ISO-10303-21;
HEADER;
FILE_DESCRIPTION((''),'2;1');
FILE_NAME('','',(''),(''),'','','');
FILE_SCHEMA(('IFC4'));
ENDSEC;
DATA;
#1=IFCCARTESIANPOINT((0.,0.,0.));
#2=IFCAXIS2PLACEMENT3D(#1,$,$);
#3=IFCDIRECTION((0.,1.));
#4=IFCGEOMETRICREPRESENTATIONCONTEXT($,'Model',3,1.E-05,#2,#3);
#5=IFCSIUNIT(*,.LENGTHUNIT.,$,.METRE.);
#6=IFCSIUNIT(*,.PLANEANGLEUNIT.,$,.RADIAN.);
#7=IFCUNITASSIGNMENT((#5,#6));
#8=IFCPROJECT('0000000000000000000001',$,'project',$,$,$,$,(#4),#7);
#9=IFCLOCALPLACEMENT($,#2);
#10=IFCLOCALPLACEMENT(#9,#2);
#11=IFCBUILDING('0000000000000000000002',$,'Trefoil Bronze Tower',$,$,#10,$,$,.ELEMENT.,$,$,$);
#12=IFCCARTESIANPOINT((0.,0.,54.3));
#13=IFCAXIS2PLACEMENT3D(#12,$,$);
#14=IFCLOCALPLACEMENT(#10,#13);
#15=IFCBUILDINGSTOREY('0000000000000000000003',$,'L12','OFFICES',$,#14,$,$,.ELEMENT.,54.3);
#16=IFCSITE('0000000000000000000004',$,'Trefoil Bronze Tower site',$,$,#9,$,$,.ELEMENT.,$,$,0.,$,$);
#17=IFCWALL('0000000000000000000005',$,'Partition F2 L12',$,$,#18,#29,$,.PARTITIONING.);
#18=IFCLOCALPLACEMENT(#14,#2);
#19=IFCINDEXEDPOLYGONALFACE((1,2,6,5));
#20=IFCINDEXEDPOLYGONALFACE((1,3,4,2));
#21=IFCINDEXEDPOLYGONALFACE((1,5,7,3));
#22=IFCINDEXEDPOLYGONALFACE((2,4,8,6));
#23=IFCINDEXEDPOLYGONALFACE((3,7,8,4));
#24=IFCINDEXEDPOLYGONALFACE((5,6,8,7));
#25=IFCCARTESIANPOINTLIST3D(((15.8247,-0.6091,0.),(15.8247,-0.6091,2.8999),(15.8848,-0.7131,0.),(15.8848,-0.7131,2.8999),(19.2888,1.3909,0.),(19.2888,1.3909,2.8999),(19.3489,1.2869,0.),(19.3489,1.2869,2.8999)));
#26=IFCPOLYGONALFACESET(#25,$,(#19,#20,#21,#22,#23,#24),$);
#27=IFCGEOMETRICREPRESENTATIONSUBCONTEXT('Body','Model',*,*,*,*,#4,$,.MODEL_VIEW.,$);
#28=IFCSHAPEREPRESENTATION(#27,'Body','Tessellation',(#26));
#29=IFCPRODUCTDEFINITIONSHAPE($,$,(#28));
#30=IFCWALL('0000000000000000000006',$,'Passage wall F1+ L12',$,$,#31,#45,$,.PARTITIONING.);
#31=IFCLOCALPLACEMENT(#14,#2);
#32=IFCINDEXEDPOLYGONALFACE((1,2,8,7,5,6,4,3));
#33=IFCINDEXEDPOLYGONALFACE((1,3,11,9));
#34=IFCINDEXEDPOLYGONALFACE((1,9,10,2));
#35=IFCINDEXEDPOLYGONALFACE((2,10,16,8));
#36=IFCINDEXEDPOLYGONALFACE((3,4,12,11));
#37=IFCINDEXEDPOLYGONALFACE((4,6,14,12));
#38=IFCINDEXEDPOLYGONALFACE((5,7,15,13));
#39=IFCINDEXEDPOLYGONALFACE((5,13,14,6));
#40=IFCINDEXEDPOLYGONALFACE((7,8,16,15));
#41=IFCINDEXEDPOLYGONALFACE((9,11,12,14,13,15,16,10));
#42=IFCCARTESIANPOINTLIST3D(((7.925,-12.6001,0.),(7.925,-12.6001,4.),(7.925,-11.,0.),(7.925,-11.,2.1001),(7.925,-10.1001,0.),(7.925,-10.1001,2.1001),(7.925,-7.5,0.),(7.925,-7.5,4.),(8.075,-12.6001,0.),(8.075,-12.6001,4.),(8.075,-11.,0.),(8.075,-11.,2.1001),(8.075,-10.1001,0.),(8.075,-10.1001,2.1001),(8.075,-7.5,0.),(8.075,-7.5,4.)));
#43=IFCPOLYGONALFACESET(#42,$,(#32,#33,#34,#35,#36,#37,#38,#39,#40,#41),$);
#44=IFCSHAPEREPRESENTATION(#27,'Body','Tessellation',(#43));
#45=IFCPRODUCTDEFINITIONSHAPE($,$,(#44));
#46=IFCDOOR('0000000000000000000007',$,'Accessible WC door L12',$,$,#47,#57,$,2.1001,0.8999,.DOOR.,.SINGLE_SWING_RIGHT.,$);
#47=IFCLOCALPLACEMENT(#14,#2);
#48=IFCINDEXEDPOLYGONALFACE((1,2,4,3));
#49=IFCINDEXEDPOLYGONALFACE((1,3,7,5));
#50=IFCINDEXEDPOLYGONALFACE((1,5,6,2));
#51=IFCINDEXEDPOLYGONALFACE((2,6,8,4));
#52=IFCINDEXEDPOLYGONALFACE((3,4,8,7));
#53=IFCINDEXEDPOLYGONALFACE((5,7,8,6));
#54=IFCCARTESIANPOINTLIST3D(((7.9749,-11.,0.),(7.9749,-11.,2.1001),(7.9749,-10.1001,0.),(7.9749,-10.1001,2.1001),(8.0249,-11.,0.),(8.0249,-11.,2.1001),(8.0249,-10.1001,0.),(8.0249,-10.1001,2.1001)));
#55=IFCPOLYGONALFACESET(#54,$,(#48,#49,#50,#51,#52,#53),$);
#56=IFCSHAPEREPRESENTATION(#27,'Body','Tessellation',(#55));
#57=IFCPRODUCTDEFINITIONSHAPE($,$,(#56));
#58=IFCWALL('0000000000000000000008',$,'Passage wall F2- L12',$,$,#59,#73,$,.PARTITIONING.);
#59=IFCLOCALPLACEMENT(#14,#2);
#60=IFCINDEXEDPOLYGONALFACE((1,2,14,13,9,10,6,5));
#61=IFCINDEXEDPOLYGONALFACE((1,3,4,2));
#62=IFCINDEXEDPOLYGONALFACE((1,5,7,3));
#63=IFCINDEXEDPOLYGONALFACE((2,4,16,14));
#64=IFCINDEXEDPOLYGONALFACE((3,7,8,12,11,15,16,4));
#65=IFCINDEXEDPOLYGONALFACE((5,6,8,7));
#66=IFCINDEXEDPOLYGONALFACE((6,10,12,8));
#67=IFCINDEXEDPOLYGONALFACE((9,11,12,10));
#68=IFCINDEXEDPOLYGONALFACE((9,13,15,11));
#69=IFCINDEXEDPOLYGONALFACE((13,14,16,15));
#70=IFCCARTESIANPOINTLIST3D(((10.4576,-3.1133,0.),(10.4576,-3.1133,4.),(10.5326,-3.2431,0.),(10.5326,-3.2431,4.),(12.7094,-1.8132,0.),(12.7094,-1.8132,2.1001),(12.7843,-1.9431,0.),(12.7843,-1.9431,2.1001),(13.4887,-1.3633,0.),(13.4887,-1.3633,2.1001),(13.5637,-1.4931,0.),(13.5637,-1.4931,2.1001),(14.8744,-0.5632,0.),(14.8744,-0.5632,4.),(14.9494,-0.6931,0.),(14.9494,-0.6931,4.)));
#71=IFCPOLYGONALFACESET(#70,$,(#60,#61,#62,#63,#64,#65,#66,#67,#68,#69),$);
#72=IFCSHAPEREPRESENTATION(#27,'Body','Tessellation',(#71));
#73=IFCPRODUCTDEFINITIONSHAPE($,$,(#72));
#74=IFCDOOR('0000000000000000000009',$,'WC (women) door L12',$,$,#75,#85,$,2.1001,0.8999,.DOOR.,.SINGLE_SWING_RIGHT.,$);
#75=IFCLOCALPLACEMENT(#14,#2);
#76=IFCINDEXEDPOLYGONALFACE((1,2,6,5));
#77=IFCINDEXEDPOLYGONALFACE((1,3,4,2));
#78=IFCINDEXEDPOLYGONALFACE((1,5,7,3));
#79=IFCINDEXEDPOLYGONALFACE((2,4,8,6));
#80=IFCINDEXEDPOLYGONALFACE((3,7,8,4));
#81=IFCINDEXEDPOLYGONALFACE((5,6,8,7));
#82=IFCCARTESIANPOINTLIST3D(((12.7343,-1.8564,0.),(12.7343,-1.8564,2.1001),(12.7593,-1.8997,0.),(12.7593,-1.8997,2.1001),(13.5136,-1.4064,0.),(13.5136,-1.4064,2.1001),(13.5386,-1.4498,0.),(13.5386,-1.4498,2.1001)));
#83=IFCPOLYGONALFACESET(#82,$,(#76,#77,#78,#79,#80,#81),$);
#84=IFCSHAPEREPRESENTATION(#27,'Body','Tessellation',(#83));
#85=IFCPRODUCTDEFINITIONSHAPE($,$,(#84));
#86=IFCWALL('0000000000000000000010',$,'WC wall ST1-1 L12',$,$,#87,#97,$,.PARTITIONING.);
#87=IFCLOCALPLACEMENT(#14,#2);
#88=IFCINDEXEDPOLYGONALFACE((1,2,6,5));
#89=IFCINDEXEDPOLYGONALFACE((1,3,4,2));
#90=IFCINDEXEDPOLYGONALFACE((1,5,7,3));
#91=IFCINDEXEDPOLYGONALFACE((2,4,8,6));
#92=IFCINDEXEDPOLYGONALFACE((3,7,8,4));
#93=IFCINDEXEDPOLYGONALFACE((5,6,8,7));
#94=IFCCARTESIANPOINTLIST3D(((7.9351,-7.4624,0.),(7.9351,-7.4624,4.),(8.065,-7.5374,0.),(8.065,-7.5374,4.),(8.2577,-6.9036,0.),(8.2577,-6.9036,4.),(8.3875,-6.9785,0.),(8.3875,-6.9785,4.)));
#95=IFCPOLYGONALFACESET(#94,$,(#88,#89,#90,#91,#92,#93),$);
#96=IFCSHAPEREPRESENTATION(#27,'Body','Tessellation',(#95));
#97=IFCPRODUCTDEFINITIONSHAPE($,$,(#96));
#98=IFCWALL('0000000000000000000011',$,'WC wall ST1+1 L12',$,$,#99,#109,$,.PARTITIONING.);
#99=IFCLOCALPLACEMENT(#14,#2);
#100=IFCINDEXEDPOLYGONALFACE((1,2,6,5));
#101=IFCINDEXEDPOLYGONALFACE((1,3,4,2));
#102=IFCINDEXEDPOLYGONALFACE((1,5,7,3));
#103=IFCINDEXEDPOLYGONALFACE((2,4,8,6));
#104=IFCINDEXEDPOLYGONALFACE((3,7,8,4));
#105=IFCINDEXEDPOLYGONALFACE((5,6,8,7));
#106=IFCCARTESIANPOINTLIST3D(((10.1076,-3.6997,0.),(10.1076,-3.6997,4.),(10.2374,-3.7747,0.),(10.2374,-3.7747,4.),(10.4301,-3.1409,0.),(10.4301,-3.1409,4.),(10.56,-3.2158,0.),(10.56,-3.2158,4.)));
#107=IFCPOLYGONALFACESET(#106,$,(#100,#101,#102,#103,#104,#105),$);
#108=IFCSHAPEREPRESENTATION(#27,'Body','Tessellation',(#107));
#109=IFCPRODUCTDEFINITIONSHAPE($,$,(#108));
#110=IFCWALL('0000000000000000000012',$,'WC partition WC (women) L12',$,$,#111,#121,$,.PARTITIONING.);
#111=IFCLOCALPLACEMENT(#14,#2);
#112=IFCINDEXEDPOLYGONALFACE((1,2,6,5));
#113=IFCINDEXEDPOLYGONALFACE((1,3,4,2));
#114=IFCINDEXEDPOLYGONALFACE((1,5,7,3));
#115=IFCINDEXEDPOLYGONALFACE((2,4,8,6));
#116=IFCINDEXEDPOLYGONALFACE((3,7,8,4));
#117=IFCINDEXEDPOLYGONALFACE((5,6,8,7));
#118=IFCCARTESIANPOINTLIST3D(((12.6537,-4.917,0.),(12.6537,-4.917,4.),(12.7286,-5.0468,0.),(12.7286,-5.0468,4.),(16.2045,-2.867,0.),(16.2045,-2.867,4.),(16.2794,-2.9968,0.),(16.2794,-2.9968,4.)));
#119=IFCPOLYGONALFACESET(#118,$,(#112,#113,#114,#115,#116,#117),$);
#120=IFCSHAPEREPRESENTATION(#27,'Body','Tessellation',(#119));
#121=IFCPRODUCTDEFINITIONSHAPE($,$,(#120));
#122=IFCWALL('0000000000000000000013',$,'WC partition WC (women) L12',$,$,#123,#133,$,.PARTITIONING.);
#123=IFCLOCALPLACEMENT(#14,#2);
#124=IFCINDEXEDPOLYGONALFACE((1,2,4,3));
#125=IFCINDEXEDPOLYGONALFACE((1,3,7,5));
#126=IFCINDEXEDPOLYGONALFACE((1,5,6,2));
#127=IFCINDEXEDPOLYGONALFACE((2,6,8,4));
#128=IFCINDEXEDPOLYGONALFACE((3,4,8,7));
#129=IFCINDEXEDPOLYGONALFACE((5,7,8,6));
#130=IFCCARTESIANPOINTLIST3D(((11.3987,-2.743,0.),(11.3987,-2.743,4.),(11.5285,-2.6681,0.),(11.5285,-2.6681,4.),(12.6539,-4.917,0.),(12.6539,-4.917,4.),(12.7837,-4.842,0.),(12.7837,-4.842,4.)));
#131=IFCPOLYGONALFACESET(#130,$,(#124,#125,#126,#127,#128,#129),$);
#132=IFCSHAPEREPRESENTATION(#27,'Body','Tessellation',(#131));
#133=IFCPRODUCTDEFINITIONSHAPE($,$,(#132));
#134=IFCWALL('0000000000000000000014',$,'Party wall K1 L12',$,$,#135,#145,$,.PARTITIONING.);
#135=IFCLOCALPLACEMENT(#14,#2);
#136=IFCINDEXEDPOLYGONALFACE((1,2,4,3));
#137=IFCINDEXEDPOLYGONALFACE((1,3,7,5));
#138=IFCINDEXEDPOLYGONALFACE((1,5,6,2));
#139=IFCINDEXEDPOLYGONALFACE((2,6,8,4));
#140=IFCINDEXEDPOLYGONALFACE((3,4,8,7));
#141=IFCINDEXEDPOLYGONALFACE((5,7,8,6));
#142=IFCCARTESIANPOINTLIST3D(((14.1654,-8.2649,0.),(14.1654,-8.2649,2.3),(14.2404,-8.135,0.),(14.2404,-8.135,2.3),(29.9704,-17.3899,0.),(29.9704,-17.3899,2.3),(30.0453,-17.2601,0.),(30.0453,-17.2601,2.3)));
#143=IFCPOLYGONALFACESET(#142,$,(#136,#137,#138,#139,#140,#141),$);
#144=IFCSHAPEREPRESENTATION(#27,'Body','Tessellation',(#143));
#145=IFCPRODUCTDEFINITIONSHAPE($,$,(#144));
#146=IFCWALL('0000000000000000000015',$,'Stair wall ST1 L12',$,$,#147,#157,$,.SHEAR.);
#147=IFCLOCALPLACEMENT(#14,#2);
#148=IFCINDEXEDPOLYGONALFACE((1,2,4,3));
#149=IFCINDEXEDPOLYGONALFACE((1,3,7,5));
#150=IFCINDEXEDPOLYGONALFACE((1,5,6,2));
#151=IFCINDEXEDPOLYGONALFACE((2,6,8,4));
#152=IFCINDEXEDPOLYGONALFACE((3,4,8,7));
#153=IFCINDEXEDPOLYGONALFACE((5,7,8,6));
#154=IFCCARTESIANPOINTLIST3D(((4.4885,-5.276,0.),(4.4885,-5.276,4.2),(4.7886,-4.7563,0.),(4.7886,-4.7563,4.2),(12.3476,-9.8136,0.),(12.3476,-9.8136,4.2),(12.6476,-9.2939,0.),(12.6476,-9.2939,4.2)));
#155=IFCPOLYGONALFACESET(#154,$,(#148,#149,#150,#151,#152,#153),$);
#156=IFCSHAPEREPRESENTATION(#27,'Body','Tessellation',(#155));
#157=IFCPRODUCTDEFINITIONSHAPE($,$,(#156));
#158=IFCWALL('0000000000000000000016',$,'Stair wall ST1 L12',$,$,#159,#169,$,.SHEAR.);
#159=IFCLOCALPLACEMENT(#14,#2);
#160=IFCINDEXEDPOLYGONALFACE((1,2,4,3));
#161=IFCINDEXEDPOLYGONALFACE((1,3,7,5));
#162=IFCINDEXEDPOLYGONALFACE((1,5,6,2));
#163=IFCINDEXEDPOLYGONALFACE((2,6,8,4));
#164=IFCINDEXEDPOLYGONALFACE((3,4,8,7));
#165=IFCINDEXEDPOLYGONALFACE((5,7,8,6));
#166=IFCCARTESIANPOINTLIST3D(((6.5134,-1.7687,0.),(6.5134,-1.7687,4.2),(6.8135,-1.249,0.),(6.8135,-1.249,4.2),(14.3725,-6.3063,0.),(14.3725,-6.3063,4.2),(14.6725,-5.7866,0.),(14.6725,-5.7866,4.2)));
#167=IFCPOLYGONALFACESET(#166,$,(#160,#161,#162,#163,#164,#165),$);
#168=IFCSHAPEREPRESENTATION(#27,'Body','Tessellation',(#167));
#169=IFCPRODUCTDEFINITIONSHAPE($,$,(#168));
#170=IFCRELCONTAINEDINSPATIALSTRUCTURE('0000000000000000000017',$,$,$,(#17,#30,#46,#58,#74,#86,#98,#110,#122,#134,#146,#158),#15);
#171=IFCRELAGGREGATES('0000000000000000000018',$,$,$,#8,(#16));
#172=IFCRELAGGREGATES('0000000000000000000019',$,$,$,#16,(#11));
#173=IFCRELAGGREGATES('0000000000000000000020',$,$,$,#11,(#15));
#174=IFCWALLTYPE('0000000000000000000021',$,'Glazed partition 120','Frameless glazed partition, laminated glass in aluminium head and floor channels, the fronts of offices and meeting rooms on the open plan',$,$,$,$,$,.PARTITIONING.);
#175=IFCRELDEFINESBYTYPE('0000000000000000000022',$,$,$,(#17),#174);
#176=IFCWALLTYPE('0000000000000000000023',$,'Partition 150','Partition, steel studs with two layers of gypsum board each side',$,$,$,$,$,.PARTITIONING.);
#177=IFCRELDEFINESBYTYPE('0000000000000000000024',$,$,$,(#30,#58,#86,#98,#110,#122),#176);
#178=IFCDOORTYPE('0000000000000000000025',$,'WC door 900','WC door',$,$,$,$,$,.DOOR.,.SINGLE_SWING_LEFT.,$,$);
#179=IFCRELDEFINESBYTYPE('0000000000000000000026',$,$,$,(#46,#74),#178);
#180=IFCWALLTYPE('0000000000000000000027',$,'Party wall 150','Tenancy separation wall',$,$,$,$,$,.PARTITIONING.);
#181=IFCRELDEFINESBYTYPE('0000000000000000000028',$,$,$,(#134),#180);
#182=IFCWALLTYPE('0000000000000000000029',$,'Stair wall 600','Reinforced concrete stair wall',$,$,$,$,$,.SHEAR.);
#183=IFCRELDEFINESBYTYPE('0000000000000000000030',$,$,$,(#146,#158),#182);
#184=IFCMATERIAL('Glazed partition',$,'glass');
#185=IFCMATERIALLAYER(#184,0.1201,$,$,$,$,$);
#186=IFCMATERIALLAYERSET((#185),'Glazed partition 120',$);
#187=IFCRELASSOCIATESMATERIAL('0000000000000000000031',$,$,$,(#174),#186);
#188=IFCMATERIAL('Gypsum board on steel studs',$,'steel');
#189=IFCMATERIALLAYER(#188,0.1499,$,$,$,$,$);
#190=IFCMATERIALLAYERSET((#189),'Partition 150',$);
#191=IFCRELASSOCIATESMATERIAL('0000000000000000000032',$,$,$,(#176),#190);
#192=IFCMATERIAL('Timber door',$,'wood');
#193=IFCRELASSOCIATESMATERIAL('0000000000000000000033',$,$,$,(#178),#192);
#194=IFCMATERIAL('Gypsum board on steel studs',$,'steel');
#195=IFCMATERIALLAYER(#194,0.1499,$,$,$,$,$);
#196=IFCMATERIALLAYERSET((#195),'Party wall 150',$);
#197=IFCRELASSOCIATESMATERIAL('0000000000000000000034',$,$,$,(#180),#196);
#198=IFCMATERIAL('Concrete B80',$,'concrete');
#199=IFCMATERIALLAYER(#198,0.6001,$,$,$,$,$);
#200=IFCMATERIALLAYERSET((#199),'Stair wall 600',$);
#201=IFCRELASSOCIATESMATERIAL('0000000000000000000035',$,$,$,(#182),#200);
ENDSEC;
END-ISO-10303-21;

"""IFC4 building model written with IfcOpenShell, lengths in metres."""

from ifc_helpers import new_model, si_unit, direction, frame, frame_2d, origin, place, context, subcontext, project, spatial, rectangle, extrude, material, layer, layer_set, type_object, element, fill, save


model = new_model("IFC4")

# Units and contexts
model_context = context("Model", 3, precision=1e-05, world=origin(), true_north=direction((0.0, 1.0)))
body_context = subcontext(model_context, "Body", "Model", "MODEL_VIEW")
ifc_project = project(units=[si_unit("LENGTHUNIT", "METRE"), si_unit("PLANEANGLEUNIT", "RADIAN")], contexts=[model_context])

# Site, building, storey
site_placement = place(None, origin())
site = spatial("IfcSite", under=ifc_project, at=site_placement, Name="Trefoil Bronze Tower site", CompositionType="ELEMENT", RefElevation=0.0)
building_placement = place(site_placement, origin())
building = spatial("IfcBuilding", under=site, at=building_placement, Name="Trefoil Bronze Tower", CompositionType="ELEMENT")
storey_placement = place(building_placement, frame((0.0, 0.0, 54.3)))
storey = spatial("IfcBuildingStorey", under=building, at=storey_placement, Name="L12", Description="OFFICES", CompositionType="ELEMENT", Elevation=54.3)

# Wall
ifc_material_1 = material(Name="Glazed partition", Category="glass")
ifc_layer_1 = layer(ifc_material_1, 0.1201)
ifc_layer_set_1 = layer_set([ifc_layer_1], Name="Glazed partition 120")
wall_type_1 = type_object("IfcWallType", Name="Glazed partition 120", Description="Frameless glazed partition, laminated glass in aluminium head and floor channels, the fronts of offices and meeting rooms on the open plan", PredefinedType="PARTITIONING", material=ifc_layer_set_1)
for number, where, z_axis, x_axis, name in (
    (1, (15.8547, -0.6611, 0.0), (0.0, 0.0, 1.0), (0.866026, 0.499999, 0.0), "Partition F2 L12"),
):
    element("IfcWall", number, at=place(storey_placement, frame(where, z_axis=z_axis, x_axis=x_axis)), inside=storey, type_object=wall_type_1, Name=name, PredefinedType="PARTITIONING", context=body_context, shape_type="SweptSolid", body=[
        extrude(rectangle(XDim=4.0, YDim=0.1201, at=frame_2d((2.0, 0.0))), origin(), (0.0, 0.0, 1.0), 2.8999),
    ])

# Walls, openings, doors
ifc_material_2 = material(Name="Gypsum board on steel studs", Category="steel")
ifc_layer_2 = layer(ifc_material_2, 0.1499)
ifc_layer_set_2 = layer_set([ifc_layer_2], Name="Partition 150")
wall_type_2 = type_object("IfcWallType", Name="Partition 150", Description="Partition, steel studs with two layers of gypsum board each side", PredefinedType="PARTITIONING", material=ifc_layer_set_2)
wall_1_placement = place(storey_placement, frame((8.0, -7.5, 0.0), z_axis=(0.0, 0.0, 1.0), x_axis=(0.0, -1.0, 0.0)))
wall_1 = element("IfcWall", 2, at=wall_1_placement, inside=storey, type_object=wall_type_2, Name="Passage wall F1+ L12", PredefinedType="PARTITIONING", context=body_context, shape_type="SweptSolid", body=[
    extrude(rectangle(XDim=5.1001, YDim=0.1499, at=frame_2d((2.55, 0.0))), origin(), (0.0, 0.0, 1.0), 4.0),
])
opening_1_placement = place(wall_1_placement, frame((2.6001, 0.0, 0.0)))
opening_1 = element("IfcOpeningElement", 3, at=opening_1_placement, cuts=wall_1, PredefinedType="OPENING", context=body_context, shape_type="SweptSolid", body=[
    extrude(rectangle(XDim=0.8999, YDim=2.1001, at=frame_2d((0.45, 1.05))), frame((0.0, 0.085, 0.0), z_axis=(0.0, -1.0, 0.0), x_axis=(1.0, 0.0, 0.0)), (0.0, 0.0, 1.0), 0.1699),
])
ifc_material_3 = material(Name="Timber door", Category="wood")
door_type_1 = type_object("IfcDoorType", Name="WC door 900", Description="WC door", OperationType="SINGLE_SWING_LEFT", PredefinedType="DOOR", material=ifc_material_3)
door_1_placement = place(opening_1_placement, origin())
door_1 = element("IfcDoor", 4, at=door_1_placement, inside=storey, type_object=door_type_1, Name="Accessible WC door L12", OperationType="SINGLE_SWING_RIGHT", OverallHeight=2.1001, OverallWidth=0.8999, PredefinedType="DOOR", context=body_context, shape_type="SweptSolid", body=[
    extrude(rectangle(XDim=0.8999, YDim=2.1001, at=frame_2d((0.45, 1.05))), frame((0.0, 0.0249, 0.0), z_axis=(0.0, -1.0, 0.0), x_axis=(1.0, 0.0, 0.0)), (0.0, 0.0, 1.0), 0.05),
])
fill(opening_1, door_1)
wall_2_placement = place(storey_placement, frame((10.4951, -3.1782, 0.0), z_axis=(0.0, 0.0, 1.0), x_axis=(0.866022, 0.500006, 0.0)))
wall_2 = element("IfcWall", 5, at=wall_2_placement, inside=storey, type_object=wall_type_2, Name="Passage wall F2- L12", PredefinedType="PARTITIONING", context=body_context, shape_type="SweptSolid", body=[
    extrude(rectangle(XDim=5.1001, YDim=0.1499, at=frame_2d((2.55, 0.0))), origin(), (0.0, 0.0, 1.0), 4.0),
])
opening_2_placement = place(wall_2_placement, frame((2.6001, 0.0, 0.0)))
opening_2 = element("IfcOpeningElement", 6, at=opening_2_placement, cuts=wall_2, PredefinedType="OPENING", context=body_context, shape_type="SweptSolid", body=[
    extrude(rectangle(XDim=0.8999, YDim=2.1001, at=frame_2d((0.45, 1.05))), frame((0.0, 0.085, 0.0), z_axis=(0.0, -1.0, 0.0), x_axis=(1.0, 0.0, 0.0)), (0.0, 0.0, 1.0), 0.1699),
])
door_2_placement = place(opening_2_placement, frame((0.8999, 0.0, 0.0), z_axis=(0.0, 0.0, 1.0), x_axis=(-1.0, 0.0, 0.0)))
door_2 = element("IfcDoor", 7, at=door_2_placement, inside=storey, type_object=door_type_1, Name="WC (women) door L12", OperationType="SINGLE_SWING_RIGHT", OverallHeight=2.1001, OverallWidth=0.8999, PredefinedType="DOOR", context=body_context, shape_type="SweptSolid", body=[
    extrude(rectangle(XDim=0.8999, YDim=2.1001, at=frame_2d((0.45, 1.05))), frame((0.0, 0.0249, 0.0), z_axis=(0.0, -1.0, 0.0), x_axis=(1.0, 0.0, 0.0)), (0.0, 0.0, 1.0), 0.05),
])
fill(opening_2, door_2)

# Walls
for number, where, z_axis, x_axis, name in (
    (8, (8.0, -7.5, 0.0), (0.0, 0.0, 1.0), (0.499843, 0.866116, 0.0), "WC wall ST1-1 L12"),
    (9, (10.4951, -3.1782, 0.0), (0.0, 0.0, 1.0), (-0.499843, -0.866116, 0.0), "WC wall ST1+1 L12"),
):
    element("IfcWall", number, at=place(storey_placement, frame(where, z_axis=z_axis, x_axis=x_axis)), inside=storey, type_object=wall_type_2, Name=name, PredefinedType="PARTITIONING", context=body_context, shape_type="SweptSolid", body=[
        extrude(rectangle(XDim=0.6453, YDim=0.1499, at=frame_2d((0.3228, 0.0))), origin(), (0.0, 0.0, 1.0), 4.0),
    ])
wall_3_placement = place(storey_placement, frame((12.6912, -4.9819, 0.0), z_axis=(0.0, 0.0, 1.0), x_axis=(0.866025, 0.500001, 0.0)))
element("IfcWall", 10, at=wall_3_placement, inside=storey, type_object=wall_type_2, Name="WC partition WC (women) L12", PredefinedType="PARTITIONING", context=body_context, shape_type="SweptSolid", body=[
    extrude(rectangle(XDim=4.1001, YDim=0.1499, at=frame_2d((2.05, 0.0))), origin(), (0.0, 0.0, 1.0), 4.0),
])
wall_4_placement = place(storey_placement, frame((11.4636, -2.7056, 0.0), z_axis=(0.0, 0.0, 1.0), x_axis=(0.50002, -0.866014, 0.0)))
element("IfcWall", 11, at=wall_4_placement, inside=storey, type_object=wall_type_2, Name="WC partition WC (women) L12", PredefinedType="PARTITIONING", context=body_context, shape_type="SweptSolid", body=[
    extrude(rectangle(XDim=2.5103, YDim=0.1499, at=frame_2d((1.2551, 0.0))), origin(), (0.0, 0.0, 1.0), 4.0),
])
ifc_material_4 = material(Name="Gypsum board on steel studs", Category="steel")
ifc_layer_3 = layer(ifc_material_4, 0.1499)
ifc_layer_set_3 = layer_set([ifc_layer_3], Name="Party wall 150")
wall_type_3 = type_object("IfcWallType", Name="Party wall 150", Description="Tenancy separation wall", PredefinedType="PARTITIONING", material=ifc_layer_set_3)
wall_5_placement = place(storey_placement, frame((14.2029, -8.2, 0.0), z_axis=(0.0, 0.0, 1.0), x_axis=(0.866025, -0.500001, 0.0)))
element("IfcWall", 12, at=wall_5_placement, inside=storey, type_object=wall_type_3, Name="Party wall K1 L12", PredefinedType="PARTITIONING", context=body_context, shape_type="SweptSolid", body=[
    extrude(rectangle(XDim=18.25, YDim=0.1499, at=frame_2d((9.125, 0.0))), origin(), (0.0, 0.0, 1.0), 2.3),
])
ifc_material_5 = material(Name="Concrete B80", Category="concrete")
ifc_layer_4 = layer(ifc_material_5, 0.6001)
ifc_layer_set_4 = layer_set([ifc_layer_4], Name="Stair wall 600")
wall_type_4 = type_object("IfcWallType", Name="Stair wall 600", Description="Reinforced concrete stair wall", PredefinedType="SHEAR", material=ifc_layer_set_4)
for number, where, z_axis, x_axis, name in (
    (13, (4.6384, -5.0161, 0.0), (0.0, 0.0, 1.0), (0.866019, -0.50001, 0.0), "Stair wall ST1 L12"),
    (14, (6.6633, -1.5088, 0.0), (0.0, 0.0, 1.0), (0.866019, -0.50001, 0.0), "Stair wall ST1 L12"),
):
    element("IfcWall", number, at=place(storey_placement, frame(where, z_axis=z_axis, x_axis=x_axis)), inside=storey, type_object=wall_type_4, Name=name, PredefinedType="SHEAR", context=body_context, shape_type="SweptSolid", body=[
        extrude(rectangle(XDim=9.075, YDim=0.6001, at=frame_2d((4.5376, 0.0))), origin(), (0.0, 0.0, 1.0), 4.2),
    ])

save(model, "model.ifc")
